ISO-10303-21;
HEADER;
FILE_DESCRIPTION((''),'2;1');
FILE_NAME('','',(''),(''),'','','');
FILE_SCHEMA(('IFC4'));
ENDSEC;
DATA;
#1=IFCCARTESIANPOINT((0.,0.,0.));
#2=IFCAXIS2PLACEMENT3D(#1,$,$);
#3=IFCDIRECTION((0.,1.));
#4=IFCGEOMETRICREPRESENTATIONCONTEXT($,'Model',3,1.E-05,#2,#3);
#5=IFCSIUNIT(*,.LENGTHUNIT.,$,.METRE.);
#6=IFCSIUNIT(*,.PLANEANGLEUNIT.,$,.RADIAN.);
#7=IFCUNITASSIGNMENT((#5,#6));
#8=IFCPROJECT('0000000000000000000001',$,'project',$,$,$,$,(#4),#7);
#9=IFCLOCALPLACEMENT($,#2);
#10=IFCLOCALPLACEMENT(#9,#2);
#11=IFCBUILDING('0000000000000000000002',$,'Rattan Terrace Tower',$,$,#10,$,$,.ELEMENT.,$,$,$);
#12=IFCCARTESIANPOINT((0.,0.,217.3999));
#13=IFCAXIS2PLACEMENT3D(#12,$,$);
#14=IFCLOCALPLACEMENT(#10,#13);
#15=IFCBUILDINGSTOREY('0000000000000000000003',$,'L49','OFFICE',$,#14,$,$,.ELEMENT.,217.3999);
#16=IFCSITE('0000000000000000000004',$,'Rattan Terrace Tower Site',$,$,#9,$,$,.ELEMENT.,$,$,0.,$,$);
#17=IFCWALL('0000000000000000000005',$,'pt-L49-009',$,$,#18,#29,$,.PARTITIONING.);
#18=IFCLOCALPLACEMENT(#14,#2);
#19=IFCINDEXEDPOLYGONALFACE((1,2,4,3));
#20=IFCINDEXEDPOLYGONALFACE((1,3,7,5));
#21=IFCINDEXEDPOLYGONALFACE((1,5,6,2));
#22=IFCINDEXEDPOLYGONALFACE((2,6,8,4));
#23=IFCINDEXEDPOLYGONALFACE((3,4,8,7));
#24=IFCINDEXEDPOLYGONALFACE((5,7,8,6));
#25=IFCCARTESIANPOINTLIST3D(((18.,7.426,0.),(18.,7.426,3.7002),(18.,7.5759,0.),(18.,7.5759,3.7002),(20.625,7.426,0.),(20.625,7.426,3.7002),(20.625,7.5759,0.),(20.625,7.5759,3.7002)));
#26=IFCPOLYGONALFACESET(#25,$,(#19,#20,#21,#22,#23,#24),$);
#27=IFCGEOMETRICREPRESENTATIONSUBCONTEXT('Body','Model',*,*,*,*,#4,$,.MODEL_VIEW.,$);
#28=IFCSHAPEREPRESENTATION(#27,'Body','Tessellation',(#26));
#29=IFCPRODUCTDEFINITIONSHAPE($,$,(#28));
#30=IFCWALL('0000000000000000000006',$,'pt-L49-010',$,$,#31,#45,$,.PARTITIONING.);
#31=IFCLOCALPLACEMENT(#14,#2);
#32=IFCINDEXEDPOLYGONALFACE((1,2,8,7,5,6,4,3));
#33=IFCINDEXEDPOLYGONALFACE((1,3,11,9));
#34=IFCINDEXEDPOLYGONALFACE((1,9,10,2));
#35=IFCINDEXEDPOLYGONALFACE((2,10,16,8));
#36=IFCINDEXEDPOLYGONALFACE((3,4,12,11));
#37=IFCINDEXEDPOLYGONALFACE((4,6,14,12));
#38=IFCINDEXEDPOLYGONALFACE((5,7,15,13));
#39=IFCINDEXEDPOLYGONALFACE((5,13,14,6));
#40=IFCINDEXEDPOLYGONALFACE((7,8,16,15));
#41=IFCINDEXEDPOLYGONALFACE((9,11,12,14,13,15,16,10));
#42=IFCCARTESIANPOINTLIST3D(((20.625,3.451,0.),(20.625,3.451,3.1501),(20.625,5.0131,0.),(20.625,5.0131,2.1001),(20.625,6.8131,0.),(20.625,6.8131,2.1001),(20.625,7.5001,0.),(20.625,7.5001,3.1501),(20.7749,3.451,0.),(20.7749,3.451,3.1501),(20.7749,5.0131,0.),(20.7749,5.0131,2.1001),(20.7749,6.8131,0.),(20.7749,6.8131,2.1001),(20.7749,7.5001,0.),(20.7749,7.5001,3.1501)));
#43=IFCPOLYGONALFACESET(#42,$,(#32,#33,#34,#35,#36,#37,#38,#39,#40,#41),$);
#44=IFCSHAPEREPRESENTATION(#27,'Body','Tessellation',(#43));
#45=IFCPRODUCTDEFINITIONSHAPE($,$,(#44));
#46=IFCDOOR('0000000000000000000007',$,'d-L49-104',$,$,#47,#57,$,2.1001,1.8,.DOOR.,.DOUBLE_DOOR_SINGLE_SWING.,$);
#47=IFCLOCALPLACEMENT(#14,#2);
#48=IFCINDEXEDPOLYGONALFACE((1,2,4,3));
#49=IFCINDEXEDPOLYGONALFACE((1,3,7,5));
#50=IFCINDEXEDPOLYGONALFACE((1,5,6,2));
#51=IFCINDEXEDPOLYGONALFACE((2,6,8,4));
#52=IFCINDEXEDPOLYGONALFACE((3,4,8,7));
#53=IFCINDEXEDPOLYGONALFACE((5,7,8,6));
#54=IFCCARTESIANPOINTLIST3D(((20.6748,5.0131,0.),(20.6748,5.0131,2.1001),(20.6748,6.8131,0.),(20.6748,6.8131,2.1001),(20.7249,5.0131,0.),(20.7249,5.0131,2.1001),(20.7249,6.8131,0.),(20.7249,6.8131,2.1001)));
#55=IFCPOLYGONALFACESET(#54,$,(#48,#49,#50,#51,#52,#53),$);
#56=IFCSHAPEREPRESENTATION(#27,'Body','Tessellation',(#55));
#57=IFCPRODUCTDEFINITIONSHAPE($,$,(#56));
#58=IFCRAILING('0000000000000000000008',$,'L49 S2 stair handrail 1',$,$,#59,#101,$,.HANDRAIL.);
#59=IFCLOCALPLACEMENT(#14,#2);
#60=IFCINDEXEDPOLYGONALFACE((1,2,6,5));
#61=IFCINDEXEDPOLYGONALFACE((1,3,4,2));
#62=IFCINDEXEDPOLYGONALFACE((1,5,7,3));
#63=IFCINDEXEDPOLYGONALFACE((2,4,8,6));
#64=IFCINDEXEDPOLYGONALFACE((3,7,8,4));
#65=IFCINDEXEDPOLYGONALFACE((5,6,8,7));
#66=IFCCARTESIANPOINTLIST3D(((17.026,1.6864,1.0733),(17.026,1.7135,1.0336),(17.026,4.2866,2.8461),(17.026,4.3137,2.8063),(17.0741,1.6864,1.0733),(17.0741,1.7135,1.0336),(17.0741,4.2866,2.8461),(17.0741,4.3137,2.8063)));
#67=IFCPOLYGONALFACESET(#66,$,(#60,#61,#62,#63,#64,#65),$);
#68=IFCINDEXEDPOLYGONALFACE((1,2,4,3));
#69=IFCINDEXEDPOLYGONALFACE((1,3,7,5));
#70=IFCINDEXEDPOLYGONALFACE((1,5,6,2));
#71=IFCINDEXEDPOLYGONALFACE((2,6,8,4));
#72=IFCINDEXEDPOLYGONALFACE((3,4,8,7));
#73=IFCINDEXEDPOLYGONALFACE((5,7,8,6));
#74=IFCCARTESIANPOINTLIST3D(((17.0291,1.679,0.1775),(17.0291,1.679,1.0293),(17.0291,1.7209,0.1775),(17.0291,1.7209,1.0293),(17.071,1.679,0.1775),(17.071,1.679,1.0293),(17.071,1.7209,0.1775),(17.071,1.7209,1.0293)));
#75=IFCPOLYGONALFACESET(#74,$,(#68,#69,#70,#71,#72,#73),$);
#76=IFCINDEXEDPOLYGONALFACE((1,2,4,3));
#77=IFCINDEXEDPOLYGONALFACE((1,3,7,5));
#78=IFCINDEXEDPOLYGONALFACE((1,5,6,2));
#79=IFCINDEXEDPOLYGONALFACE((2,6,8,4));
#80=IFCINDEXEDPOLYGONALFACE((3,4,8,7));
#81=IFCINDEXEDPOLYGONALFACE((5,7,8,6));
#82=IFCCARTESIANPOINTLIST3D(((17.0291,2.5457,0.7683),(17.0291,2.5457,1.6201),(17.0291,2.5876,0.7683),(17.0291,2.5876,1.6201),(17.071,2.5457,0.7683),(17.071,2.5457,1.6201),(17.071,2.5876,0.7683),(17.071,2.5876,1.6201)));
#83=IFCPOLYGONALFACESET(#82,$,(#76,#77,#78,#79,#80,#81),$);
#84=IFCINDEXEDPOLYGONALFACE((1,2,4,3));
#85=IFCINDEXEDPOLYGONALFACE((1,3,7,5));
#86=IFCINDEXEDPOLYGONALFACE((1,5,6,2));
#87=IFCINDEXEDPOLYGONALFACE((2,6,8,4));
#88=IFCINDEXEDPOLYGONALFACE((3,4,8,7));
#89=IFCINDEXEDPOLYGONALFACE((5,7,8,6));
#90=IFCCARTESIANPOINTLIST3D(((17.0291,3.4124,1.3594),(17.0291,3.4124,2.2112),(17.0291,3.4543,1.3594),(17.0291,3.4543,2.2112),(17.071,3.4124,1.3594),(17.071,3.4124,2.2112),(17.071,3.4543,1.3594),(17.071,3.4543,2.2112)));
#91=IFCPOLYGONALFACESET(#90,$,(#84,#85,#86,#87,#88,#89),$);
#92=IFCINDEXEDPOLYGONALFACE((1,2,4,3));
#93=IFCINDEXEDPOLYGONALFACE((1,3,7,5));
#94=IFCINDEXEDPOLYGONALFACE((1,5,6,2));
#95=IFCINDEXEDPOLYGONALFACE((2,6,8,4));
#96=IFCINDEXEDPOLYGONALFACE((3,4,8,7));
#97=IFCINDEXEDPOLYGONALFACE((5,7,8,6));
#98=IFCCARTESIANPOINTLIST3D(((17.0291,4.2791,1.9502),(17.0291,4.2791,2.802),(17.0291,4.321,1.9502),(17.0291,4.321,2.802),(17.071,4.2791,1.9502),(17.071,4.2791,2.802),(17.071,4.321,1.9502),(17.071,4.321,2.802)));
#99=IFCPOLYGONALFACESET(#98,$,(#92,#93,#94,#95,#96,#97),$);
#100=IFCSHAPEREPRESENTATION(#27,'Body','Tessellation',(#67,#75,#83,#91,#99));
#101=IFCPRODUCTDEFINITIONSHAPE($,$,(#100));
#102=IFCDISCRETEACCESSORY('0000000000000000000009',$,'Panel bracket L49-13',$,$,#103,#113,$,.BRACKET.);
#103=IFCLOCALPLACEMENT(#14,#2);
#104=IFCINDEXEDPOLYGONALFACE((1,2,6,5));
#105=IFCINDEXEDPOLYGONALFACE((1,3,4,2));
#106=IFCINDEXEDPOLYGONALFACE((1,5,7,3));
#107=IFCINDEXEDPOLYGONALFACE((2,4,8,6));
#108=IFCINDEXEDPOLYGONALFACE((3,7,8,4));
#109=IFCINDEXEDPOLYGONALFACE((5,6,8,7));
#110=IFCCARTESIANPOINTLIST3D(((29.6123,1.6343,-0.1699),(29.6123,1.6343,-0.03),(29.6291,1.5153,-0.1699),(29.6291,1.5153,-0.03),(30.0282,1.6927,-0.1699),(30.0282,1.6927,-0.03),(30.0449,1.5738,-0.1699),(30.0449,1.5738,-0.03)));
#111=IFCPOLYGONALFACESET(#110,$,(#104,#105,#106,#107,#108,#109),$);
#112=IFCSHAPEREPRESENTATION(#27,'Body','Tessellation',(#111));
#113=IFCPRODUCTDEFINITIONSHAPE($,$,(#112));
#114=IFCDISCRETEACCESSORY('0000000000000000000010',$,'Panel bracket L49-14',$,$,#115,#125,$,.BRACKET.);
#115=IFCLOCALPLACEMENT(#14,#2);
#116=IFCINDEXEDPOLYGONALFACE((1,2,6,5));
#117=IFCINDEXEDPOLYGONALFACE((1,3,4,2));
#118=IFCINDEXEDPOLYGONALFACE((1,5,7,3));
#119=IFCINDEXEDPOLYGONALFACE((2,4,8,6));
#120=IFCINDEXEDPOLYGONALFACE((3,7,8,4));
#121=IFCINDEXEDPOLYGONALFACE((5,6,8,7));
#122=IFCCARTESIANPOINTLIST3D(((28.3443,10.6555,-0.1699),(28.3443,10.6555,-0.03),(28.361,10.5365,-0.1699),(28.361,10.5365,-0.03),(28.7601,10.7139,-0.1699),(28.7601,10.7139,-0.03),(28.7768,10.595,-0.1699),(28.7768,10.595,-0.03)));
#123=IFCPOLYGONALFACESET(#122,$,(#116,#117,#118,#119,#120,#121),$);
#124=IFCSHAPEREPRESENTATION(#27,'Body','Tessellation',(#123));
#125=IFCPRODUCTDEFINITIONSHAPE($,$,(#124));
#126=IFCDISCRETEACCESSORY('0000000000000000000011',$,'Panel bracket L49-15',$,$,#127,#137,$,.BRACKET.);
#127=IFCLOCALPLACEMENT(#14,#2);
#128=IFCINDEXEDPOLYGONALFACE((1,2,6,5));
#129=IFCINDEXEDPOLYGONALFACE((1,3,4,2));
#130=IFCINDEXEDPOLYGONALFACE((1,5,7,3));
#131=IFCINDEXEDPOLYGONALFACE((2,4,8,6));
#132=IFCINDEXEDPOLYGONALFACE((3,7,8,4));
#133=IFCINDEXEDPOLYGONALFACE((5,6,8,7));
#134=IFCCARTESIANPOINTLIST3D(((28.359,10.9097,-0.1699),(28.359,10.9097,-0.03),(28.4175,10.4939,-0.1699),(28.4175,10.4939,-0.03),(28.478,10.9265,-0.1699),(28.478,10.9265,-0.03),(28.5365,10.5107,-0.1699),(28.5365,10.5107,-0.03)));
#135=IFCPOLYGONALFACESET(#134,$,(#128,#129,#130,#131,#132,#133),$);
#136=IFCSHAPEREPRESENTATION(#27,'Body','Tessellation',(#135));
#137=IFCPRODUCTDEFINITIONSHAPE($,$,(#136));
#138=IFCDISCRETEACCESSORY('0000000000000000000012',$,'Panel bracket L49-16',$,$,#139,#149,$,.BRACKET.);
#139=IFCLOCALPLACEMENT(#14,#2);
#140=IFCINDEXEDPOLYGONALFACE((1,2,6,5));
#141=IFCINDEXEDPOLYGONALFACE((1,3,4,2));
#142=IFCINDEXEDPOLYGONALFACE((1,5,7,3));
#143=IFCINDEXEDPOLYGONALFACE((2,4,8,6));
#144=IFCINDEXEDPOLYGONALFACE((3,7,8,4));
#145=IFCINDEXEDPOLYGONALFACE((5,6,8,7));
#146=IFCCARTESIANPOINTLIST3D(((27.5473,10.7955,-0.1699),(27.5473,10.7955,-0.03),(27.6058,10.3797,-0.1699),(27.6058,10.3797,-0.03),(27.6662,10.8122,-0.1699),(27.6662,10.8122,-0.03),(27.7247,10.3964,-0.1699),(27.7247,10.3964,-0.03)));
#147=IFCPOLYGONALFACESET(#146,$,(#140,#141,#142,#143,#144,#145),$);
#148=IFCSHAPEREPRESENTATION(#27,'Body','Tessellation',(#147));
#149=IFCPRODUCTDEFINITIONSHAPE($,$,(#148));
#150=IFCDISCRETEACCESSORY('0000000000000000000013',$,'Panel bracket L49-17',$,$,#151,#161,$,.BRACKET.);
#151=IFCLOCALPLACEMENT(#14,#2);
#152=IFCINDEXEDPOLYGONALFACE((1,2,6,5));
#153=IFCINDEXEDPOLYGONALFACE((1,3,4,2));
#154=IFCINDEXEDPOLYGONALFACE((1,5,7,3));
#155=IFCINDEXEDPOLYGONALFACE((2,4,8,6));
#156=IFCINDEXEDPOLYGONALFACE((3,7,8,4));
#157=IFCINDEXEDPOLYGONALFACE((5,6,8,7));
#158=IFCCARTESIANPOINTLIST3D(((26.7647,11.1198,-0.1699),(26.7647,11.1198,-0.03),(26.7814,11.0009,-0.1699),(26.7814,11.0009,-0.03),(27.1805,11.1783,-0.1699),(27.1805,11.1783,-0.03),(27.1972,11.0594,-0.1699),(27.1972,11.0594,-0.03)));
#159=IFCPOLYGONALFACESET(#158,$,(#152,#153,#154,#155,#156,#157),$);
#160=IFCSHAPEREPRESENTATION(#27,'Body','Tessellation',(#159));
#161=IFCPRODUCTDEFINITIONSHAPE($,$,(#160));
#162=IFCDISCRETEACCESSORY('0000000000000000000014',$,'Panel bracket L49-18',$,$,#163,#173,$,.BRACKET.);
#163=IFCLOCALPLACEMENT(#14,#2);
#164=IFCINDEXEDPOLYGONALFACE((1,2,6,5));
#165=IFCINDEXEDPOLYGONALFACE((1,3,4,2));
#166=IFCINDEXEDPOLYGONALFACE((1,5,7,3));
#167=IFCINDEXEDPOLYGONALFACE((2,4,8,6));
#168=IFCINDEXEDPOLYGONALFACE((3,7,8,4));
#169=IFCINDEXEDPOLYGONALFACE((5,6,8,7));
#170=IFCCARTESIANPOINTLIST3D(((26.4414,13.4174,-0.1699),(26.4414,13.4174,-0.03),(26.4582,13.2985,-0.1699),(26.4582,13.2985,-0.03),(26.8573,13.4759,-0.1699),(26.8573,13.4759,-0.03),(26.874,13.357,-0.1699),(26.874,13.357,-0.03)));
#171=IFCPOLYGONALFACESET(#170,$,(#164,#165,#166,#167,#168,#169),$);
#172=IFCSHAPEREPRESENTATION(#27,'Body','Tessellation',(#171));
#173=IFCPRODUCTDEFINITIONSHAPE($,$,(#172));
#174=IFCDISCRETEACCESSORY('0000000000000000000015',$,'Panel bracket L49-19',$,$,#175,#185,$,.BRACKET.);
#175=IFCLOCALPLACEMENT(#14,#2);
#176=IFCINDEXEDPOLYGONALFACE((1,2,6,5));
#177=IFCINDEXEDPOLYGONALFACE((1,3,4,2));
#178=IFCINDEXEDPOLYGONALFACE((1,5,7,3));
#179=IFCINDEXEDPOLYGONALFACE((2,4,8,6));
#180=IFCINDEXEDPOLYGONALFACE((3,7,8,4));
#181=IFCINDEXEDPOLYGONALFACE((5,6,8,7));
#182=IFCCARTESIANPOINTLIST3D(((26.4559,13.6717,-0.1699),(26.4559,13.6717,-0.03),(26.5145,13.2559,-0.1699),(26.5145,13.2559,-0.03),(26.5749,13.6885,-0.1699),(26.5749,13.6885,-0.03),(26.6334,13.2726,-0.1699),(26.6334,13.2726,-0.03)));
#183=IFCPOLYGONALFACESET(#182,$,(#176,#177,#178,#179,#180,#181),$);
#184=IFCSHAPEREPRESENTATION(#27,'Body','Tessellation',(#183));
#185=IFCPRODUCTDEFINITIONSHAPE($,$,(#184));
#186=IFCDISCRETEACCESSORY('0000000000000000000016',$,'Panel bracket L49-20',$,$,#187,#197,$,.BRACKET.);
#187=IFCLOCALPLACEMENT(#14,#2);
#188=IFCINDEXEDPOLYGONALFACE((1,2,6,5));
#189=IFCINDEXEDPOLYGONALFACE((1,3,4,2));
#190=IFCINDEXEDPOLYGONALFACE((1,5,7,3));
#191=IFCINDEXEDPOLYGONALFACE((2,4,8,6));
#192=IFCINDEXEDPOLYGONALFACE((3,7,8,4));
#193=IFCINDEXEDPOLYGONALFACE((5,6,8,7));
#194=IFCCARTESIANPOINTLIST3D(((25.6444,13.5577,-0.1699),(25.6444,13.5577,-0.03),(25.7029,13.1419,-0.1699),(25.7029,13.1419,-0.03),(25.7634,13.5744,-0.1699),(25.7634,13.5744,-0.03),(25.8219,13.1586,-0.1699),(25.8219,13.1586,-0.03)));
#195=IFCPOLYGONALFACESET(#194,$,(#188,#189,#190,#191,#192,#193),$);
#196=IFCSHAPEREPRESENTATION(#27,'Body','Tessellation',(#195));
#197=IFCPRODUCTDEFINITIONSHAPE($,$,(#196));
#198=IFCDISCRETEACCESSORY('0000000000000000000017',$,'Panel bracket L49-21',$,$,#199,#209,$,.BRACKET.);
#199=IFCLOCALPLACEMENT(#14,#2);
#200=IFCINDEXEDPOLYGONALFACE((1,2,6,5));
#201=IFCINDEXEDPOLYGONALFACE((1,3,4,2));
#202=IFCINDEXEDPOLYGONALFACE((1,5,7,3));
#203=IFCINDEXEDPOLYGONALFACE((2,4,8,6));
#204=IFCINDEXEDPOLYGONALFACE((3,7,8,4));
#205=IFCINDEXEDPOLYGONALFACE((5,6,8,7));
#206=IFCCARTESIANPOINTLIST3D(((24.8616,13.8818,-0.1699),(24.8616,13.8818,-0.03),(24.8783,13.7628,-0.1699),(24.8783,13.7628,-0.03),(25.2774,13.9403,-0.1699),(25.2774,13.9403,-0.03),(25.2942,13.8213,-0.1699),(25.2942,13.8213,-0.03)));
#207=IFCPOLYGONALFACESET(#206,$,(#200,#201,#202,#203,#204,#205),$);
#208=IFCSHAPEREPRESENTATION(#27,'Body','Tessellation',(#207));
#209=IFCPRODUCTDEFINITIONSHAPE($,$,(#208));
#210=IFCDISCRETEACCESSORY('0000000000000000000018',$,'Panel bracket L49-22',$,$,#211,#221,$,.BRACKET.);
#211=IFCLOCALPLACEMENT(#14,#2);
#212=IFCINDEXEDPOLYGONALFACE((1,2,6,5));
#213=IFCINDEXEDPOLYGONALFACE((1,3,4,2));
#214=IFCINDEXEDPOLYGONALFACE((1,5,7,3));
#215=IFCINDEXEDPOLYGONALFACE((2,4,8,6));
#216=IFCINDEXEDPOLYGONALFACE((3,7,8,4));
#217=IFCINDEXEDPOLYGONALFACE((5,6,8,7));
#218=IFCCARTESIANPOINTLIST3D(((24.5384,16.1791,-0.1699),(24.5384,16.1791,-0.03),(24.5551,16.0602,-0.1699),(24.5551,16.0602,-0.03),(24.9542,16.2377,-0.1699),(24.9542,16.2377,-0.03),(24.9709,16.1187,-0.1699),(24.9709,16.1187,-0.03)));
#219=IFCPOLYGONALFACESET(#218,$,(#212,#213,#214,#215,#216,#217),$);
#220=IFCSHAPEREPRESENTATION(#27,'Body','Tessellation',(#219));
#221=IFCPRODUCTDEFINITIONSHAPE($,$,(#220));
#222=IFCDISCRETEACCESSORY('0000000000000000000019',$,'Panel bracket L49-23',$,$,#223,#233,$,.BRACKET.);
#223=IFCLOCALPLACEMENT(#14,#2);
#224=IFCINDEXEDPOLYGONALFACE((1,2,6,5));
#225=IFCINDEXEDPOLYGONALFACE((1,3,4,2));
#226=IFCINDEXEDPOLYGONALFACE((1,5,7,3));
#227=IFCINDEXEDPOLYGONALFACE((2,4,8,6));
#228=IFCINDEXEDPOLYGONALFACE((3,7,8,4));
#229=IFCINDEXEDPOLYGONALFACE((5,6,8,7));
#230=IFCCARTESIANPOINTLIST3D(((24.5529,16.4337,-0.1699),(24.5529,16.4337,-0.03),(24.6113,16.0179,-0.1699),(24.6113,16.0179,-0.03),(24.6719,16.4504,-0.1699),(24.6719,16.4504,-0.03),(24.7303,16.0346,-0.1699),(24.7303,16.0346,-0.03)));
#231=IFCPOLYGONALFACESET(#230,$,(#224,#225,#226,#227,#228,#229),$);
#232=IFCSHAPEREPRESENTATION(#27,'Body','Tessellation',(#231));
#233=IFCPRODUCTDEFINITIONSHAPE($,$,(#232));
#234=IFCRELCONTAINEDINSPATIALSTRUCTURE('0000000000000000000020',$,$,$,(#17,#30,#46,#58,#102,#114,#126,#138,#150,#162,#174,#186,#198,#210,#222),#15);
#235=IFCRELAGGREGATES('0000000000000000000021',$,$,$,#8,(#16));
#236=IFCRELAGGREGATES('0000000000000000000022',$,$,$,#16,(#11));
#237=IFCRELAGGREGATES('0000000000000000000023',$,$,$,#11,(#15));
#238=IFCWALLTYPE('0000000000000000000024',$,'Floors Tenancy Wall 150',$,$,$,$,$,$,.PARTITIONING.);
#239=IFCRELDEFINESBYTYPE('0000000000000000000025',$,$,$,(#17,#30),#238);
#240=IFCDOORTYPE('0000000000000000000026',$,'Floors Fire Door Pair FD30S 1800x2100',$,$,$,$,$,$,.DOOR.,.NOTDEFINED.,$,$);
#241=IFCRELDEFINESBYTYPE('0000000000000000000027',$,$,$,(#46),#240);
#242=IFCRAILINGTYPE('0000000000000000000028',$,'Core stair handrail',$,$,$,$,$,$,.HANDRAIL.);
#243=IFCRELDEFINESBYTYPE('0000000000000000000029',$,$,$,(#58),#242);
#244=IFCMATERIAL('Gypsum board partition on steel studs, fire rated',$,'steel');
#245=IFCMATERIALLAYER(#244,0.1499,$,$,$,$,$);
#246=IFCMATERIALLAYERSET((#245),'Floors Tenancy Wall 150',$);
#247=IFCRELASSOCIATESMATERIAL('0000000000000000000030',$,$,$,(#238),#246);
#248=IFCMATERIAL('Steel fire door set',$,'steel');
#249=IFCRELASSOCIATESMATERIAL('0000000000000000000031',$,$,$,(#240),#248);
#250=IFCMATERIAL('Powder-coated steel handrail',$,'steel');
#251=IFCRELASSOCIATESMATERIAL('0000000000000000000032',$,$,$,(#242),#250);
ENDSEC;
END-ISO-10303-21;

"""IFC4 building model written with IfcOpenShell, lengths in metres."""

from ifc_helpers import new_model, si_unit, direction, frame, frame_2d, origin, origin_2d, place, context, subcontext, project, spatial, rectangle, extrude, material, layer, layer_set, type_object, element, fill, save


model = new_model("IFC4")

# Units and contexts
model_context = context("Model", 3, precision=1e-05, world=origin(), true_north=direction((0.0, 1.0)))
body_context = subcontext(model_context, "Body", "Model", "MODEL_VIEW")
ifc_project = project(units=[si_unit("LENGTHUNIT", "METRE"), si_unit("PLANEANGLEUNIT", "RADIAN")], contexts=[model_context])

# Site, building, storey
site_placement = place(None, origin())
site = spatial("IfcSite", under=ifc_project, at=site_placement, Name="Rattan Terrace Tower Site", CompositionType="ELEMENT", RefElevation=0.0)
building_placement = place(site_placement, origin())
building = spatial("IfcBuilding", under=site, at=building_placement, Name="Rattan Terrace Tower", CompositionType="ELEMENT")
storey_placement = place(building_placement, frame((0.0, 0.0, 217.3999)))
storey = spatial("IfcBuildingStorey", under=building, at=storey_placement, Name="L49", Description="OFFICE", CompositionType="ELEMENT", Elevation=217.3999)

# Shared definitions
ifc_material_1 = material(Name="Gypsum board partition on steel studs, fire rated", Category="steel")
ifc_layer_1 = layer(ifc_material_1, 0.1499)
ifc_layer_set_1 = layer_set([ifc_layer_1], Name="Floors Tenancy Wall 150")
wall_type_1 = type_object("IfcWallType", Name="Floors Tenancy Wall 150", PredefinedType="PARTITIONING", material=ifc_layer_set_1)
ifc_material_2 = material(Name="Steel fire door set", Category="steel")
door_type = type_object("IfcDoorType", Name="Floors Fire Door Pair FD30S 1800x2100", OperationType="NOTDEFINED", PredefinedType="DOOR", material=ifc_material_2)

# Wall
wall_1_placement = place(storey_placement, frame((18.0, 7.501, 0.0), z_axis=(0.0, 0.0, 1.0), x_axis=(1.0, 0.0, 0.0)))
element("IfcWall", 1, at=wall_1_placement, inside=storey, type_object=wall_type_1, Name="pt-L49-009", PredefinedType="PARTITIONING", context=body_context, shape_type="SweptSolid", body=[
    extrude(rectangle(XDim=2.625, YDim=0.1499, at=frame_2d((1.3125, 0.0))), origin(), (0.0, 0.0, 1.0), 3.7002),
])

# Wall, opening, door
wall_2_placement = place(storey_placement, frame((20.7, 7.5, 0.0), z_axis=(0.0, 0.0, 1.0), x_axis=(0.0, -1.0, 0.0)))
wall_2 = element("IfcWall", 2, at=wall_2_placement, inside=storey, type_object=wall_type_1, Name="pt-L49-010", PredefinedType="PARTITIONING", context=body_context, shape_type="SweptSolid", body=[
    extrude(rectangle(XDim=4.0491, YDim=0.1499, at=frame_2d((2.0244, 0.0))), origin(), (0.0, 0.0, 1.0), 3.1501),
])
opening_1_placement = place(wall_2_placement, frame((0.687, 0.0, 0.0)))
opening_1 = element("IfcOpeningElement", 3, at=opening_1_placement, cuts=wall_2, PredefinedType="OPENING", context=body_context, shape_type="SweptSolid", body=[
    extrude(rectangle(XDim=1.8, YDim=2.1001, at=frame_2d((0.8999, 1.05))), frame((0.0, 0.0854, 0.0), z_axis=(0.0, -1.0, 0.0), x_axis=(1.0, 0.0, 0.0)), (0.0, 0.0, 1.0), 0.1709),
])
door_1_placement = place(opening_1_placement, origin())
door_1 = element("IfcDoor", 4, at=door_1_placement, inside=storey, type_object=door_type, Name="d-L49-104", OperationType="DOUBLE_DOOR_SINGLE_SWING", OverallHeight=2.1001, OverallWidth=1.8, PredefinedType="DOOR", context=body_context, shape_type="SweptSolid", body=[
    extrude(rectangle(XDim=1.8, YDim=2.1001, at=frame_2d((0.8999, 1.05))), frame((0.0, 0.0249, 0.0), z_axis=(0.0, -1.0, 0.0), x_axis=(1.0, 0.0, 0.0)), (0.0, 0.0, 1.0), 0.05),
])
fill(opening_1, door_1)

# Railing
ifc_material_3 = material(Name="Powder-coated steel handrail", Category="steel")
railing_type = type_object("IfcRailingType", Name="Core stair handrail", PredefinedType="HANDRAIL", material=ifc_material_3)
railing_placement = place(storey_placement, frame((17.05, 1.7, 0.1775)))
element("IfcRailing", 5, at=railing_placement, inside=storey, type_object=railing_type, Name="L49 S2 stair handrail 1", PredefinedType="HANDRAIL", context=body_context, shape_type="SweptSolid", body=[
    extrude(rectangle(XDim=0.0481, YDim=0.0481, at=origin_2d()), frame((0.0, 0.0, 0.876), z_axis=(0.0, 0.82624, 0.563318), x_axis=(-1.0, 0.0, 0.0)), (0.0, 0.0, 1.0), 3.147),
    extrude(rectangle(XDim=0.042, YDim=0.042, at=origin_2d()), origin(), (0.0, 0.0, 1.0), 0.8518),
    extrude(rectangle(XDim=0.042, YDim=0.042, at=origin_2d()), frame((0.0, 0.8667, 0.5908)), (0.0, 0.0, 1.0), 0.8518),
    extrude(rectangle(XDim=0.042, YDim=0.042, at=origin_2d()), frame((0.0, 1.7334, 1.1819)), (0.0, 0.0, 1.0), 0.8518),
    extrude(rectangle(XDim=0.042, YDim=0.042, at=origin_2d()), frame((0.0, 2.6001, 1.7727)), (0.0, 0.0, 1.0), 0.8518),
])

# Discrete accessories
for number, where, z_axis, x_axis, name in (
    (6, (29.8286, 1.604, -0.1699), (0.0, 0.0, 1.0), (-0.139186, 0.990266, 0.0), "Panel bracket L49-13"),
    (7, (28.5605, 10.6252, -0.1699), (0.0, 0.0, 1.0), (-0.139186, 0.990266, 0.0), "Panel bracket L49-14"),
    (8, (28.4478, 10.7102, -0.1699), (0.0, 0.0, 1.0), (-0.990241, -0.139367, 0.0), "Panel bracket L49-15"),
    (9, (27.636, 10.5959, -0.1699), (0.0, 0.0, 1.0), (-0.990241, -0.139367, 0.0), "Panel bracket L49-16"),
    (10, (26.981, 11.0896, -0.1699), (0.0, 0.0, 1.0), (-0.139321, 0.990247, 0.0), "Panel bracket L49-17"),
    (11, (26.6577, 13.3872, -0.1699), (0.0, 0.0, 1.0), (-0.139321, 0.990247, 0.0), "Panel bracket L49-18"),
    (12, (26.5447, 13.4722, -0.1699), (0.0, 0.0, 1.0), (-0.990241, -0.139367, 0.0), "Panel bracket L49-19"),
    (13, (25.7332, 13.3582, -0.1699), (0.0, 0.0, 1.0), (-0.990241, -0.139367, 0.0), "Panel bracket L49-20"),
    (14, (25.0779, 13.8516, -0.1699), (0.0, 0.0, 1.0), (-0.139321, 0.990247, 0.0), "Panel bracket L49-21"),
    (15, (24.7546, 16.1489, -0.1699), (0.0, 0.0, 1.0), (-0.139321, 0.990247, 0.0), "Panel bracket L49-22"),
    (16, (24.6416, 16.2341, -0.1699), (0.0, 0.0, 1.0), (-0.990293, -0.138994, 0.0), "Panel bracket L49-23"),
):
    element("IfcDiscreteAccessory", number, at=place(storey_placement, frame(where, z_axis=z_axis, x_axis=x_axis)), inside=storey, Name=name, PredefinedType="BRACKET", context=body_context, shape_type="SweptSolid", body=[
        extrude(rectangle(XDim=0.1201, YDim=0.4199, at=origin_2d()), origin(), (0.0, 0.0, 1.0), 0.1399),
    ])

save(model, "model.ifc")
